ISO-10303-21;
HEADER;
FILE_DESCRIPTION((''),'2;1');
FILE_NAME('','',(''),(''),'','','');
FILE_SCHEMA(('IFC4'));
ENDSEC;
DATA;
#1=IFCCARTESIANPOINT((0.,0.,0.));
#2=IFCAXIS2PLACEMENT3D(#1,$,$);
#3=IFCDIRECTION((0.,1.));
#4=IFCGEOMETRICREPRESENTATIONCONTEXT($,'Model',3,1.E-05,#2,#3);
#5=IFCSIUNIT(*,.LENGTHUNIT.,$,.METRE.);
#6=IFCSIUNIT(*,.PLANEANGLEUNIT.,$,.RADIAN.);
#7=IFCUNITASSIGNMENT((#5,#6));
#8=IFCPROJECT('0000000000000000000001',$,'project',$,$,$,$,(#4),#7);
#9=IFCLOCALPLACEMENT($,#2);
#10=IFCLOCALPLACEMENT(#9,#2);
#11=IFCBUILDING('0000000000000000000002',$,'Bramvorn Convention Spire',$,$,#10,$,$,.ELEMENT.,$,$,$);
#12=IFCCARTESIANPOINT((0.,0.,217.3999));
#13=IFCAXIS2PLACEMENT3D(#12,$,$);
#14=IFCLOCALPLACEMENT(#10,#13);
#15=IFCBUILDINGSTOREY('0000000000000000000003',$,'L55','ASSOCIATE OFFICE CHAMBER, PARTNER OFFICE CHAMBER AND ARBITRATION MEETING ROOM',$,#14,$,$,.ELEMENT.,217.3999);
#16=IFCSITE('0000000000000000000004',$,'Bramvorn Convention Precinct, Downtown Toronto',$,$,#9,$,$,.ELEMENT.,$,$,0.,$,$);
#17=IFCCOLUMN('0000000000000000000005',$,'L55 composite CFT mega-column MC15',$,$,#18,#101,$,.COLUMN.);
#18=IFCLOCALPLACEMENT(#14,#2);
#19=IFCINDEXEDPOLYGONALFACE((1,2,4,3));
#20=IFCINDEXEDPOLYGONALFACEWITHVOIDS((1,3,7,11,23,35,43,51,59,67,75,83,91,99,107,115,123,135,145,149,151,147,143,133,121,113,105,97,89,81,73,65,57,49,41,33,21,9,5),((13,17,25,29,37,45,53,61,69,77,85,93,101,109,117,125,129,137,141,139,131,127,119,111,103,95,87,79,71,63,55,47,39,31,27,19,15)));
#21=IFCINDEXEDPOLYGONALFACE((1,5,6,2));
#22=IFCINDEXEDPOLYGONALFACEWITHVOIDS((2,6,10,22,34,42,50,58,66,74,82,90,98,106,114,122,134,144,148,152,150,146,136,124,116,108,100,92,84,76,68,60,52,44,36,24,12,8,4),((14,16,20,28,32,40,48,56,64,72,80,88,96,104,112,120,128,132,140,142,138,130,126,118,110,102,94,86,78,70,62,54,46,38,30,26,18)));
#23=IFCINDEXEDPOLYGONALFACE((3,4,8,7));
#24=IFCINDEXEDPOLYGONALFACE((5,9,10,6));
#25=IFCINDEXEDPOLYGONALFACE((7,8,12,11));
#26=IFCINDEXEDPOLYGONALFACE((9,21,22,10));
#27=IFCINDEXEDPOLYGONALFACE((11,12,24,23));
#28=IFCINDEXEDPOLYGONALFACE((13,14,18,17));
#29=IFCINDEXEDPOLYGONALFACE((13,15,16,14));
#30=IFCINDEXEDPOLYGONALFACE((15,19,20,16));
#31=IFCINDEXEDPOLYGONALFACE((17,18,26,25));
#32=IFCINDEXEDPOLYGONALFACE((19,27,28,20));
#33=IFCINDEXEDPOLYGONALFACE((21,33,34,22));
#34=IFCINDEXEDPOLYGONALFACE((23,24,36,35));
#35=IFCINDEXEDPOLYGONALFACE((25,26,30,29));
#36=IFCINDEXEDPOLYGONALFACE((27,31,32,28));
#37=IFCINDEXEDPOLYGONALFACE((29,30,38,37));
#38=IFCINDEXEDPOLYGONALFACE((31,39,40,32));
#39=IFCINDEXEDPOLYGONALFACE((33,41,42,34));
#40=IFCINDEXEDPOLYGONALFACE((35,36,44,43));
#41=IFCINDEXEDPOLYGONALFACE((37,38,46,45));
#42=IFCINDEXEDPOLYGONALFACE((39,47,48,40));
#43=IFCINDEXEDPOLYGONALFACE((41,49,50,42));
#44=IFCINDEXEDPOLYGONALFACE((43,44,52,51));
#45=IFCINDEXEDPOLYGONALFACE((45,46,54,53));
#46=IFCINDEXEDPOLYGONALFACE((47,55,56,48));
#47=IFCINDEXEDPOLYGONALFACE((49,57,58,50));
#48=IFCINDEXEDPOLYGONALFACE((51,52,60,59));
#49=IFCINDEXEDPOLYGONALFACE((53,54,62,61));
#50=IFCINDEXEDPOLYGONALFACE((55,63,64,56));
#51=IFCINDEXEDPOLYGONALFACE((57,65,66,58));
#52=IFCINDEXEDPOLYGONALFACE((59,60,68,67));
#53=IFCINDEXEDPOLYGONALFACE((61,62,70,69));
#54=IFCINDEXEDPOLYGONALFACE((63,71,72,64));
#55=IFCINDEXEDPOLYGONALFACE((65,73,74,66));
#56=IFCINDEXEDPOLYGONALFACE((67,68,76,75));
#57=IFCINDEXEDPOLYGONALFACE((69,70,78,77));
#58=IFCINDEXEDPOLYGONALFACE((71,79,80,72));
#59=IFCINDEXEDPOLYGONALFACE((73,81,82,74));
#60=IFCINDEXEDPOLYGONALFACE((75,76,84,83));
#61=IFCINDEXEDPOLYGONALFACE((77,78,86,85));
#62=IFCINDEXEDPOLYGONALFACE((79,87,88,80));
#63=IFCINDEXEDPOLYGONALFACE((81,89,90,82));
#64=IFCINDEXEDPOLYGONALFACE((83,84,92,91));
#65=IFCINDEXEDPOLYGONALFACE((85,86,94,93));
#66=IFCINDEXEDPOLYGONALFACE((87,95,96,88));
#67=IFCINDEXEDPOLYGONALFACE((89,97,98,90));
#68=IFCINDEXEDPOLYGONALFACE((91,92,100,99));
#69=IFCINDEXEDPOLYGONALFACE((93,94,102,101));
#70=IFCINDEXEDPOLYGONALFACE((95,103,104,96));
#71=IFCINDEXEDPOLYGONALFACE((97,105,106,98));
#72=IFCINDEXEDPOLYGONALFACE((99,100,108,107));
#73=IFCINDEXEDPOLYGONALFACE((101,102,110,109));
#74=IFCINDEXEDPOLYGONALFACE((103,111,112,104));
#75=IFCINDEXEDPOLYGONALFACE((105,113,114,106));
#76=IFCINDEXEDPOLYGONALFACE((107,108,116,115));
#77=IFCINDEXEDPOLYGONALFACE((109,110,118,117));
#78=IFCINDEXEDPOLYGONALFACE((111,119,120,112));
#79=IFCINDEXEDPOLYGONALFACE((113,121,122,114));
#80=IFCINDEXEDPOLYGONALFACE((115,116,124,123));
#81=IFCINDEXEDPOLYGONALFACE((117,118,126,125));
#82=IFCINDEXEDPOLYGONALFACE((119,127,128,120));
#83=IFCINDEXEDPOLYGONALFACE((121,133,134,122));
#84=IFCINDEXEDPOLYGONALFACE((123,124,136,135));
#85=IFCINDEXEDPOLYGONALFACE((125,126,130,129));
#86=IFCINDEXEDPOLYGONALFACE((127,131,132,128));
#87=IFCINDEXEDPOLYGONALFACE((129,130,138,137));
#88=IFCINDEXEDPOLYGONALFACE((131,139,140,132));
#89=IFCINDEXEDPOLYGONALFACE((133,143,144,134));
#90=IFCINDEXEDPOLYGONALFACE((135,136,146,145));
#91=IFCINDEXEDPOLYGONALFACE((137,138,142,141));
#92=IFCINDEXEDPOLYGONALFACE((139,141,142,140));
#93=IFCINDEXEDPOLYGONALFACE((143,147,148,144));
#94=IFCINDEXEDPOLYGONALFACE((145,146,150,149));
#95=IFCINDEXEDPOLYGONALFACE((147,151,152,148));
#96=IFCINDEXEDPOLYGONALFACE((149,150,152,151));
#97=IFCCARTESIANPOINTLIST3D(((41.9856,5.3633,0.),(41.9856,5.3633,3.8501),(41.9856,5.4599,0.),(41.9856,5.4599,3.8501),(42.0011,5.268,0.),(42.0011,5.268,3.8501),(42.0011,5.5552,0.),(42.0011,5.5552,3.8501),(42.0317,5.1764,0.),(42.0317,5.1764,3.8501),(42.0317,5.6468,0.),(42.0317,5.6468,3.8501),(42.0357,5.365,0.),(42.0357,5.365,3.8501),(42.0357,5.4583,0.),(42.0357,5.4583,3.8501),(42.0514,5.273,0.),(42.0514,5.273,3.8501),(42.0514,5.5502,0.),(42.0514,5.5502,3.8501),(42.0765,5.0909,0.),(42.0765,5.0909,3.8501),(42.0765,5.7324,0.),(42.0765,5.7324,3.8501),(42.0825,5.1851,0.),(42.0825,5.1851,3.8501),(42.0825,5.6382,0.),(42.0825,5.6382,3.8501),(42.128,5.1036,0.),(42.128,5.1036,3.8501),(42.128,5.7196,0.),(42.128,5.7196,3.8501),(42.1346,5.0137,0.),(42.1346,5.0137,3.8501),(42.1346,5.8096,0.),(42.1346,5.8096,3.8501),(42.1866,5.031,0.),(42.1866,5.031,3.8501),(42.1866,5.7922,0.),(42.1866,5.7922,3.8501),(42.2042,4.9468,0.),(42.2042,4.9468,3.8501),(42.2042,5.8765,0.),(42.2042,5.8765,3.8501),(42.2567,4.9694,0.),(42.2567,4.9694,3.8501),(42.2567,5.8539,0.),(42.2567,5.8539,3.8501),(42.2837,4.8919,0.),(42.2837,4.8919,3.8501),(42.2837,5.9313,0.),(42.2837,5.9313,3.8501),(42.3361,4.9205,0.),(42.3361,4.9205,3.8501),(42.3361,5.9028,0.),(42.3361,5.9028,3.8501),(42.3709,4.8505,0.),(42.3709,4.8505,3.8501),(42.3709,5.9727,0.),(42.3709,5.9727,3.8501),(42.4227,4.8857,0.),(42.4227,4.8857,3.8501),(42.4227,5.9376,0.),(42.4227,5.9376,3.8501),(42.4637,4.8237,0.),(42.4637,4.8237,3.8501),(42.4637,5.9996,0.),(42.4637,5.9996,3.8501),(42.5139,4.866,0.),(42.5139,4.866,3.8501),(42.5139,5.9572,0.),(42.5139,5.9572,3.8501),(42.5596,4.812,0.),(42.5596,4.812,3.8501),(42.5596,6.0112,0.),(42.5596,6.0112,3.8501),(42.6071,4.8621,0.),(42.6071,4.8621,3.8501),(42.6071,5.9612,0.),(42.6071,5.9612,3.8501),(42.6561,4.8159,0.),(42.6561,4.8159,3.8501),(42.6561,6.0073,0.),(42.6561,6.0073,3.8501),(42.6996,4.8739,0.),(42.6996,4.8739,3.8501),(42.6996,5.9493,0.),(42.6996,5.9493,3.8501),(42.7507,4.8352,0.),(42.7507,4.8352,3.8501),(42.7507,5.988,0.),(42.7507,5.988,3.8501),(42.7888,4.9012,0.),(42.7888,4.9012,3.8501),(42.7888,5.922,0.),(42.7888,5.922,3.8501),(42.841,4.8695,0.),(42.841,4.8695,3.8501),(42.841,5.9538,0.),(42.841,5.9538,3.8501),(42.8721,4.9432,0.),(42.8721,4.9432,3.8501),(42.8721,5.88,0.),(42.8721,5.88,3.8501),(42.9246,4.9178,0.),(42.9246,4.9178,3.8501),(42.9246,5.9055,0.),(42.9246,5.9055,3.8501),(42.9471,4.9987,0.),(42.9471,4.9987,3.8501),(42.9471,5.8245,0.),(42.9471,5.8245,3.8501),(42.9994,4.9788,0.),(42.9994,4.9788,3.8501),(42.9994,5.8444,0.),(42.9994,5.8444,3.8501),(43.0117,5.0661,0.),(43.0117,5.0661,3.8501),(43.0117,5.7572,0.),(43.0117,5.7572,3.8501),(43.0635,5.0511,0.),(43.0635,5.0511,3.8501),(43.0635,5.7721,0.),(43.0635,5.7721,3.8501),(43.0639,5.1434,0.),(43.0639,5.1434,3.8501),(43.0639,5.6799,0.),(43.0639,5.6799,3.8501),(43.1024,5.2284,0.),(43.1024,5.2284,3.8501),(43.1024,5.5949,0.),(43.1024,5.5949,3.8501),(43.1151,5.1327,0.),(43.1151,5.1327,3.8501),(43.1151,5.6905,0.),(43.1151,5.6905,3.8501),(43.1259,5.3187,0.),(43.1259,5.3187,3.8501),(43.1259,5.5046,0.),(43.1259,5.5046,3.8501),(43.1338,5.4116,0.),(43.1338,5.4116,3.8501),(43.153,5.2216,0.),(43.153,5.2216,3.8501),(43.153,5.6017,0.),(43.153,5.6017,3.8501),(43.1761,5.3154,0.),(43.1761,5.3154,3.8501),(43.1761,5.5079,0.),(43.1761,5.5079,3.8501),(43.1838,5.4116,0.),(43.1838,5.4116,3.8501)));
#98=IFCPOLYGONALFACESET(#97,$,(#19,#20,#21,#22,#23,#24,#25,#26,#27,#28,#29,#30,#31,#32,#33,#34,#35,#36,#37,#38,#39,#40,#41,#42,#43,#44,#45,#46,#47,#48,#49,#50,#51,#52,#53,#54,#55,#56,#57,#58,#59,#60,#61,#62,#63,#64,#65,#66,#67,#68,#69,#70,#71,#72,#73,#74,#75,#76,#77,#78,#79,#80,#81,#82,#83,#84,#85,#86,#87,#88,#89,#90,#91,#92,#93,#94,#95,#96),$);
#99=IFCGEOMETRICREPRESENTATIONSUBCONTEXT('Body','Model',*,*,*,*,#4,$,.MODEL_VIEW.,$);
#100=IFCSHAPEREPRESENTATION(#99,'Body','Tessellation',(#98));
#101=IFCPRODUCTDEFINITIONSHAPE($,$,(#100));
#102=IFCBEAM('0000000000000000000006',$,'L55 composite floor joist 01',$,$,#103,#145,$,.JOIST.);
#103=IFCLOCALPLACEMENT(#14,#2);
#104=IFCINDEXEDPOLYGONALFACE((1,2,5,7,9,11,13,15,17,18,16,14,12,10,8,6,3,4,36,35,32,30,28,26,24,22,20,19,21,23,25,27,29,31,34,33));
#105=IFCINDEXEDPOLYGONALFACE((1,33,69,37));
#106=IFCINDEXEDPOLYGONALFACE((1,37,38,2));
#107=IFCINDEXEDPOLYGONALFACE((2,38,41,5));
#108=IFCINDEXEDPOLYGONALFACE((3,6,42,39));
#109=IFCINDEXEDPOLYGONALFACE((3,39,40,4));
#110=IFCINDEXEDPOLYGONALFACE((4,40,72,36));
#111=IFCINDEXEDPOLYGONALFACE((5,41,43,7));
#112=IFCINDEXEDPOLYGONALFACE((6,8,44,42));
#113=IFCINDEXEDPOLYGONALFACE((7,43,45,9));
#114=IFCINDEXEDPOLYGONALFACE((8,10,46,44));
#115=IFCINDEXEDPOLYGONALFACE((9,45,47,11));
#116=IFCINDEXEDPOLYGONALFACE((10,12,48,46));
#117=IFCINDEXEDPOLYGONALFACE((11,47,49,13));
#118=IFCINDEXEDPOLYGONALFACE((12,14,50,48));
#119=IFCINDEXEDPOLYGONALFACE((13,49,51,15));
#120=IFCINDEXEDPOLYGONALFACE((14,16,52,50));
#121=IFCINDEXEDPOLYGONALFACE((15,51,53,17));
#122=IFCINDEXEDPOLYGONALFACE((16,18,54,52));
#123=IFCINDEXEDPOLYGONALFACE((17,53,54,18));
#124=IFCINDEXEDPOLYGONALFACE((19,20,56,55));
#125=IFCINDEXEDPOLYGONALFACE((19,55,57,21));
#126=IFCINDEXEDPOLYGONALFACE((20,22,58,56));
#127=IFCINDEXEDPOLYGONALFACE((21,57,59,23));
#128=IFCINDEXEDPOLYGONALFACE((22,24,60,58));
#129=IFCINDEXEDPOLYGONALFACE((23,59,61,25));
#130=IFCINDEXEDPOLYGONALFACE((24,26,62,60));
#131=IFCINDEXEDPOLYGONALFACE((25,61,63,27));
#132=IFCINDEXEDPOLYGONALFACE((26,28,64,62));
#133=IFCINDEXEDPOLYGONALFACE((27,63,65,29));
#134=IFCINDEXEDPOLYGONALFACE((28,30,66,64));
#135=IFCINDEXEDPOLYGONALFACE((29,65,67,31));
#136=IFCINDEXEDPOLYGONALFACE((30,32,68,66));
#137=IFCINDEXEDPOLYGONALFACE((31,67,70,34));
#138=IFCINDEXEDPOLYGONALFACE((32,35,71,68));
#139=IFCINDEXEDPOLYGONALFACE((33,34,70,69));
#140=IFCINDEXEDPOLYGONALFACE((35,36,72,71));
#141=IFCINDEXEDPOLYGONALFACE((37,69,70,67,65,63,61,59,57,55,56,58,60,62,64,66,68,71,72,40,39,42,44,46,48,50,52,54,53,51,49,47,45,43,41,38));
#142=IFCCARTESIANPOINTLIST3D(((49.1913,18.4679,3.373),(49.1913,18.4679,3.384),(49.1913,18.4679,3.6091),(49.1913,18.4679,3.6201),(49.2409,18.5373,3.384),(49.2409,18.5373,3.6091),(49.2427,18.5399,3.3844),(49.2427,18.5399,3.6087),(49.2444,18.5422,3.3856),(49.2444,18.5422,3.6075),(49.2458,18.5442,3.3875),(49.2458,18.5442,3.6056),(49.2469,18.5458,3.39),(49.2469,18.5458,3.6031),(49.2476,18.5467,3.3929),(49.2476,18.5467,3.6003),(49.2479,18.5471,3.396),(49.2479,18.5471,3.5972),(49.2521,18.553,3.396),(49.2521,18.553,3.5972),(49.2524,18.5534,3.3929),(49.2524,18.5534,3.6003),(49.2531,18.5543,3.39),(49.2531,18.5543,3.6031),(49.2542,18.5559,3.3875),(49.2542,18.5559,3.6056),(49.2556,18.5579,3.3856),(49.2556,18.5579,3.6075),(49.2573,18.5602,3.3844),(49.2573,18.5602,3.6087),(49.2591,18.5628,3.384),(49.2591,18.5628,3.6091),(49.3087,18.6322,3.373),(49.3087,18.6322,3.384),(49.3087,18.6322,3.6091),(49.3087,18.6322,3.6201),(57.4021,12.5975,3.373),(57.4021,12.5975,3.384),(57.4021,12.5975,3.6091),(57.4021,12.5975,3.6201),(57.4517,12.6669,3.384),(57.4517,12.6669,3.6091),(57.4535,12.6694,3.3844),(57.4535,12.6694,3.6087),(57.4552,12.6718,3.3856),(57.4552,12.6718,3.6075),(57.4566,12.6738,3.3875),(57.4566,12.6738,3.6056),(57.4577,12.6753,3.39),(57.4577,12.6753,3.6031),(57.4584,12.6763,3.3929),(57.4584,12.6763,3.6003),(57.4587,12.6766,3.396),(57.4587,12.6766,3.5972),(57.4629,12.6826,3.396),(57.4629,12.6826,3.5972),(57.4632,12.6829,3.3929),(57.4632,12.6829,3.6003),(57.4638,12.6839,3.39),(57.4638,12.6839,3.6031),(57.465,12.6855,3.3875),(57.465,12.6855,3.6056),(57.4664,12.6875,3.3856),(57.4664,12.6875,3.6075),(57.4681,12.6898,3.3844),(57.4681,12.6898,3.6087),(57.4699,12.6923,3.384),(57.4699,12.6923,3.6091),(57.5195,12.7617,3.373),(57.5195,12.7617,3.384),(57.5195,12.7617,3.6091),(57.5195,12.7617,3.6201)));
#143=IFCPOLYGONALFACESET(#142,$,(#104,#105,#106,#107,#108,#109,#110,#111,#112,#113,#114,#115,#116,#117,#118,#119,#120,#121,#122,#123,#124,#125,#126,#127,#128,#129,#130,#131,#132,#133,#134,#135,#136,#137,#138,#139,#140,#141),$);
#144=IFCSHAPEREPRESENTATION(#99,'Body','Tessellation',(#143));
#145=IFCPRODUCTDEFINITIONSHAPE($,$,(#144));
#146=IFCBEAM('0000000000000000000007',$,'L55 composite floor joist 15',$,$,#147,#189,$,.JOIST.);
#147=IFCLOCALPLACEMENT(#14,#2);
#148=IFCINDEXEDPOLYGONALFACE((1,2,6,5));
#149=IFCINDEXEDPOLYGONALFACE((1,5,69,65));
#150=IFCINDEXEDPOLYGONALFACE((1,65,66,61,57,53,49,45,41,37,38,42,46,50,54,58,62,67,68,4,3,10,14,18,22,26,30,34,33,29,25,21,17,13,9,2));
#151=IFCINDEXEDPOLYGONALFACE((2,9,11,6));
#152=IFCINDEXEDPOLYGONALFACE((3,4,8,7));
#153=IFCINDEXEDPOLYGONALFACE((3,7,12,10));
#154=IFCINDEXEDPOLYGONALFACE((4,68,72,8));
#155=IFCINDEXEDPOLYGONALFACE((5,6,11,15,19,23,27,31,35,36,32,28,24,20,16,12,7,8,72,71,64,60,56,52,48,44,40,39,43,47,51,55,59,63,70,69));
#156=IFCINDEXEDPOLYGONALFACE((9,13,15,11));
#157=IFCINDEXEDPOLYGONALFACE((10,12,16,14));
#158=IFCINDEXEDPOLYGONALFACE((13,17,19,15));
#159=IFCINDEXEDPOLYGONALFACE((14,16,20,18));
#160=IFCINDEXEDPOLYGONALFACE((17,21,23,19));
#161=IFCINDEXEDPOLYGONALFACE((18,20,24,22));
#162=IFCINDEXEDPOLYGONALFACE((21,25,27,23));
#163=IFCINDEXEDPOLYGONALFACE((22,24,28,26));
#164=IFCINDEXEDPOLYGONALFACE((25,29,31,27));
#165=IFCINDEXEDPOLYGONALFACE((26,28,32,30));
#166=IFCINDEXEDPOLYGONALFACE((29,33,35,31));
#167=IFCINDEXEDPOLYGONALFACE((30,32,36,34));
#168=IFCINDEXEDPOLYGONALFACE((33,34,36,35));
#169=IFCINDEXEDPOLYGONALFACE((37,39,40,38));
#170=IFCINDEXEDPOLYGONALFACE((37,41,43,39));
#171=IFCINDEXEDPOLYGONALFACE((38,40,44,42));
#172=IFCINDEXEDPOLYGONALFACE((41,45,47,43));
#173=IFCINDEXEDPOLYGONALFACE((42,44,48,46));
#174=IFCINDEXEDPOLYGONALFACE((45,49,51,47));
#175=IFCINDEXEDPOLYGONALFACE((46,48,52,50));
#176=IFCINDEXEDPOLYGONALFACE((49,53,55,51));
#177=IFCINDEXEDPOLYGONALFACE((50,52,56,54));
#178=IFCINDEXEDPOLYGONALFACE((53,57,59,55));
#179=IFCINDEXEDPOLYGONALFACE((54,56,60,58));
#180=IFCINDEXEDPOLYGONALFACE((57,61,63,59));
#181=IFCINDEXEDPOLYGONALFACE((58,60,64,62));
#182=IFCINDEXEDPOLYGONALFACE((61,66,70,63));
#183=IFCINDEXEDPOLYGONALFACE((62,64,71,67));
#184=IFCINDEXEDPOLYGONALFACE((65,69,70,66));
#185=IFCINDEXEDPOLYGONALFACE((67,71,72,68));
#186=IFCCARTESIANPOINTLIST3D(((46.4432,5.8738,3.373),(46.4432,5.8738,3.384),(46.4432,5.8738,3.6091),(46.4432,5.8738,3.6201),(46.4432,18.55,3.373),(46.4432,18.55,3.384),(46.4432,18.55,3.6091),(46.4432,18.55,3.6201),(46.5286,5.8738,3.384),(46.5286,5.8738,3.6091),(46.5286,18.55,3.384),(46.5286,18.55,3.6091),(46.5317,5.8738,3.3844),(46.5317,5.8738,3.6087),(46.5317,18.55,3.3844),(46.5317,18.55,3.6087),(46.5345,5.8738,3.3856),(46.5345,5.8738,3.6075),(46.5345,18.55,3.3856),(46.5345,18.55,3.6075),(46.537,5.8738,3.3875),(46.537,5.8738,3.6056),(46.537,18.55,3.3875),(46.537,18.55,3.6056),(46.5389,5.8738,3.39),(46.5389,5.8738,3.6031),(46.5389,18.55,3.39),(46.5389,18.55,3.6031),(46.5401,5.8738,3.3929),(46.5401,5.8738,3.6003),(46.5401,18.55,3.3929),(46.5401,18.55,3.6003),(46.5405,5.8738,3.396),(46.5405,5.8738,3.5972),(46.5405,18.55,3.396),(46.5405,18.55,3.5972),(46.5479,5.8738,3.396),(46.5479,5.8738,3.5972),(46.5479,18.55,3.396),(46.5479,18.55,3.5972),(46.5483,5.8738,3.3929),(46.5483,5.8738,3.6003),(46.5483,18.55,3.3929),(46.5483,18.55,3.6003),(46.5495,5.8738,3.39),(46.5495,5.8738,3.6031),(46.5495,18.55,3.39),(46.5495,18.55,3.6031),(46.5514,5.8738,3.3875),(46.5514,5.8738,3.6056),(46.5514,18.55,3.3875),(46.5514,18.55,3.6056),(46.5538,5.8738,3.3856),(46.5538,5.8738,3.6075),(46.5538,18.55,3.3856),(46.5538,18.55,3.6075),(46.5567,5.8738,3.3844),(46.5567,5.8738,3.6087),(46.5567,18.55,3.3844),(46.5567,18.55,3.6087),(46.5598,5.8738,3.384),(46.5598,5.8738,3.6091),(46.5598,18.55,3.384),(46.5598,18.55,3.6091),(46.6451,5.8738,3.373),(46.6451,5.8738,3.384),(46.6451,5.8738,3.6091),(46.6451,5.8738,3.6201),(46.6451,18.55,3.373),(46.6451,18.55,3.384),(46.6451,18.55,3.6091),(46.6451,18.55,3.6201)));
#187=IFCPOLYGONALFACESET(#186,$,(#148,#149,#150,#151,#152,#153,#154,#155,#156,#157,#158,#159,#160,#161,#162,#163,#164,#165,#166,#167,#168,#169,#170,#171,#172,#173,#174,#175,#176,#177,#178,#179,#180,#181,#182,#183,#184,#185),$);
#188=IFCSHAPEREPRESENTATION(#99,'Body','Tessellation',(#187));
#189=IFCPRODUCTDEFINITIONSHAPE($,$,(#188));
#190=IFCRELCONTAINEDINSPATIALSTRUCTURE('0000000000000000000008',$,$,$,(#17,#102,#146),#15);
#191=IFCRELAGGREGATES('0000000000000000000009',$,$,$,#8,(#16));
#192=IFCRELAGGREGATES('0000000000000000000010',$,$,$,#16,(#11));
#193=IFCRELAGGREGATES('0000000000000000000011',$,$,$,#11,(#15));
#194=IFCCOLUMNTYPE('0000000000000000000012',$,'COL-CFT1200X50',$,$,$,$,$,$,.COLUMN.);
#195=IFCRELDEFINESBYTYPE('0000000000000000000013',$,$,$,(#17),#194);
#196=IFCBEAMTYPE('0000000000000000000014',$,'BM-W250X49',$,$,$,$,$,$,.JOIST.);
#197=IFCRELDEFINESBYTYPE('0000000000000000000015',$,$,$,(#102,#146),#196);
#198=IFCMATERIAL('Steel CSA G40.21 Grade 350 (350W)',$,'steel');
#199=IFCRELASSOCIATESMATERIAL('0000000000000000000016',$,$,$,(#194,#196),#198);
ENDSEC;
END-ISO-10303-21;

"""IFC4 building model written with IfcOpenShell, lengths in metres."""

from ifc_helpers import new_model, si_unit, direction, frame, origin, origin_2d, place, context, subcontext, project, spatial, hollow_circle, i_section, extrude, material, material_profile, profile_set, type_object, element, save


model = new_model("IFC4")

# Units and contexts
model_context = context("Model", 3, precision=1e-05, world=origin(), true_north=direction((0.0, 1.0)))
body_context = subcontext(model_context, "Body", "Model", "MODEL_VIEW")
ifc_project = project(units=[si_unit("LENGTHUNIT", "METRE"), si_unit("PLANEANGLEUNIT", "RADIAN")], contexts=[model_context])

# Site, building, storey
site_placement = place(None, origin())
site = spatial("IfcSite", under=ifc_project, at=site_placement, Name="Bramvorn Convention Precinct, Downtown Toronto", CompositionType="ELEMENT", RefElevation=0.0)
building_placement = place(site_placement, origin())
building = spatial("IfcBuilding", under=site, at=building_placement, Name="Bramvorn Convention Spire", CompositionType="ELEMENT")
storey_placement = place(building_placement, frame((0.0, 0.0, 217.3999)))
storey = spatial("IfcBuildingStorey", under=building, at=storey_placement, Name="L55", Description="ASSOCIATE OFFICE CHAMBER, PARTNER OFFICE CHAMBER AND ARBITRATION MEETING ROOM", CompositionType="ELEMENT", Elevation=217.3999)

# Column
ifc_material_1 = material(Name="Steel CSA G40.21 Grade 350 (350W)", Category="steel")
ifc_material_profile_1 = material_profile(ifc_material_1, hollow_circle(Radius=0.6001, WallThickness=0.05, at=origin_2d()))
ifc_profile_set_1 = profile_set([ifc_material_profile_1], Name="Steel CSA G40.21 Grade 350 (350W) - CFT1200X50")
column_type = type_object("IfcColumnType", Name="COL-CFT1200X50", PredefinedType="COLUMN", material=ifc_profile_set_1)
column_placement = place(storey_placement, frame((42.5837, 5.4116, 0.0), z_axis=(0.0, 0.0, 1.0), x_axis=(1.0, 0.0, 0.0)))
element("IfcColumn", 1, at=column_placement, inside=storey, type_object=column_type, Name="L55 composite CFT mega-column MC15", PredefinedType="COLUMN", context=body_context, shape_type="SweptSolid", body=[
    extrude(hollow_circle(Radius=0.6001, WallThickness=0.05, at=origin_2d()), origin(), (0.0, 0.0, 1.0), 3.8501),
])

# Beams
ifc_material_profile_2 = material_profile(ifc_material_1, i_section(OverallWidth=0.2019, OverallDepth=0.2471, WebThickness=0.0073, FlangeThickness=0.011, FilletRadius=0.012, at=origin_2d()))
ifc_profile_set_2 = profile_set([ifc_material_profile_2], Name="Steel CSA G40.21 Grade 350 (350W) - W250X49")
beam_type_1 = type_object("IfcBeamType", Name="BM-W250X49", PredefinedType="JOIST", material=ifc_profile_set_2)
beam_1_placement = place(storey_placement, frame((49.25, 18.55, 3.4966), z_axis=(0.813472, -0.581604, 0.0), x_axis=(0.581604, 0.813472, 0.0)))
element("IfcBeam", 2, at=beam_1_placement, inside=storey, type_object=beam_type_1, Name="L55 composite floor joist 01", PredefinedType="JOIST", context=body_context, shape_type="SweptSolid", body=[
    extrude(i_section(OverallWidth=0.2019, OverallDepth=0.2471, WebThickness=0.0073, FlangeThickness=0.011, FilletRadius=0.012, at=origin_2d()), origin(), (0.0, 0.0, 1.0), 10.0935),
])
beam_2_placement = place(storey_placement, frame((46.5442, 18.55, 3.4966), z_axis=(0.0, -1.0, 0.0), x_axis=(1.0, 0.0, 0.0)))
element("IfcBeam", 3, at=beam_2_placement, inside=storey, type_object=beam_type_1, Name="L55 composite floor joist 15", PredefinedType="JOIST", context=body_context, shape_type="SweptSolid", body=[
    extrude(i_section(OverallWidth=0.2019, OverallDepth=0.2471, WebThickness=0.0073, FlangeThickness=0.011, FilletRadius=0.012, at=origin_2d()), origin(), (0.0, 0.0, 1.0), 12.6763),
])

save(model, "model.ifc")
